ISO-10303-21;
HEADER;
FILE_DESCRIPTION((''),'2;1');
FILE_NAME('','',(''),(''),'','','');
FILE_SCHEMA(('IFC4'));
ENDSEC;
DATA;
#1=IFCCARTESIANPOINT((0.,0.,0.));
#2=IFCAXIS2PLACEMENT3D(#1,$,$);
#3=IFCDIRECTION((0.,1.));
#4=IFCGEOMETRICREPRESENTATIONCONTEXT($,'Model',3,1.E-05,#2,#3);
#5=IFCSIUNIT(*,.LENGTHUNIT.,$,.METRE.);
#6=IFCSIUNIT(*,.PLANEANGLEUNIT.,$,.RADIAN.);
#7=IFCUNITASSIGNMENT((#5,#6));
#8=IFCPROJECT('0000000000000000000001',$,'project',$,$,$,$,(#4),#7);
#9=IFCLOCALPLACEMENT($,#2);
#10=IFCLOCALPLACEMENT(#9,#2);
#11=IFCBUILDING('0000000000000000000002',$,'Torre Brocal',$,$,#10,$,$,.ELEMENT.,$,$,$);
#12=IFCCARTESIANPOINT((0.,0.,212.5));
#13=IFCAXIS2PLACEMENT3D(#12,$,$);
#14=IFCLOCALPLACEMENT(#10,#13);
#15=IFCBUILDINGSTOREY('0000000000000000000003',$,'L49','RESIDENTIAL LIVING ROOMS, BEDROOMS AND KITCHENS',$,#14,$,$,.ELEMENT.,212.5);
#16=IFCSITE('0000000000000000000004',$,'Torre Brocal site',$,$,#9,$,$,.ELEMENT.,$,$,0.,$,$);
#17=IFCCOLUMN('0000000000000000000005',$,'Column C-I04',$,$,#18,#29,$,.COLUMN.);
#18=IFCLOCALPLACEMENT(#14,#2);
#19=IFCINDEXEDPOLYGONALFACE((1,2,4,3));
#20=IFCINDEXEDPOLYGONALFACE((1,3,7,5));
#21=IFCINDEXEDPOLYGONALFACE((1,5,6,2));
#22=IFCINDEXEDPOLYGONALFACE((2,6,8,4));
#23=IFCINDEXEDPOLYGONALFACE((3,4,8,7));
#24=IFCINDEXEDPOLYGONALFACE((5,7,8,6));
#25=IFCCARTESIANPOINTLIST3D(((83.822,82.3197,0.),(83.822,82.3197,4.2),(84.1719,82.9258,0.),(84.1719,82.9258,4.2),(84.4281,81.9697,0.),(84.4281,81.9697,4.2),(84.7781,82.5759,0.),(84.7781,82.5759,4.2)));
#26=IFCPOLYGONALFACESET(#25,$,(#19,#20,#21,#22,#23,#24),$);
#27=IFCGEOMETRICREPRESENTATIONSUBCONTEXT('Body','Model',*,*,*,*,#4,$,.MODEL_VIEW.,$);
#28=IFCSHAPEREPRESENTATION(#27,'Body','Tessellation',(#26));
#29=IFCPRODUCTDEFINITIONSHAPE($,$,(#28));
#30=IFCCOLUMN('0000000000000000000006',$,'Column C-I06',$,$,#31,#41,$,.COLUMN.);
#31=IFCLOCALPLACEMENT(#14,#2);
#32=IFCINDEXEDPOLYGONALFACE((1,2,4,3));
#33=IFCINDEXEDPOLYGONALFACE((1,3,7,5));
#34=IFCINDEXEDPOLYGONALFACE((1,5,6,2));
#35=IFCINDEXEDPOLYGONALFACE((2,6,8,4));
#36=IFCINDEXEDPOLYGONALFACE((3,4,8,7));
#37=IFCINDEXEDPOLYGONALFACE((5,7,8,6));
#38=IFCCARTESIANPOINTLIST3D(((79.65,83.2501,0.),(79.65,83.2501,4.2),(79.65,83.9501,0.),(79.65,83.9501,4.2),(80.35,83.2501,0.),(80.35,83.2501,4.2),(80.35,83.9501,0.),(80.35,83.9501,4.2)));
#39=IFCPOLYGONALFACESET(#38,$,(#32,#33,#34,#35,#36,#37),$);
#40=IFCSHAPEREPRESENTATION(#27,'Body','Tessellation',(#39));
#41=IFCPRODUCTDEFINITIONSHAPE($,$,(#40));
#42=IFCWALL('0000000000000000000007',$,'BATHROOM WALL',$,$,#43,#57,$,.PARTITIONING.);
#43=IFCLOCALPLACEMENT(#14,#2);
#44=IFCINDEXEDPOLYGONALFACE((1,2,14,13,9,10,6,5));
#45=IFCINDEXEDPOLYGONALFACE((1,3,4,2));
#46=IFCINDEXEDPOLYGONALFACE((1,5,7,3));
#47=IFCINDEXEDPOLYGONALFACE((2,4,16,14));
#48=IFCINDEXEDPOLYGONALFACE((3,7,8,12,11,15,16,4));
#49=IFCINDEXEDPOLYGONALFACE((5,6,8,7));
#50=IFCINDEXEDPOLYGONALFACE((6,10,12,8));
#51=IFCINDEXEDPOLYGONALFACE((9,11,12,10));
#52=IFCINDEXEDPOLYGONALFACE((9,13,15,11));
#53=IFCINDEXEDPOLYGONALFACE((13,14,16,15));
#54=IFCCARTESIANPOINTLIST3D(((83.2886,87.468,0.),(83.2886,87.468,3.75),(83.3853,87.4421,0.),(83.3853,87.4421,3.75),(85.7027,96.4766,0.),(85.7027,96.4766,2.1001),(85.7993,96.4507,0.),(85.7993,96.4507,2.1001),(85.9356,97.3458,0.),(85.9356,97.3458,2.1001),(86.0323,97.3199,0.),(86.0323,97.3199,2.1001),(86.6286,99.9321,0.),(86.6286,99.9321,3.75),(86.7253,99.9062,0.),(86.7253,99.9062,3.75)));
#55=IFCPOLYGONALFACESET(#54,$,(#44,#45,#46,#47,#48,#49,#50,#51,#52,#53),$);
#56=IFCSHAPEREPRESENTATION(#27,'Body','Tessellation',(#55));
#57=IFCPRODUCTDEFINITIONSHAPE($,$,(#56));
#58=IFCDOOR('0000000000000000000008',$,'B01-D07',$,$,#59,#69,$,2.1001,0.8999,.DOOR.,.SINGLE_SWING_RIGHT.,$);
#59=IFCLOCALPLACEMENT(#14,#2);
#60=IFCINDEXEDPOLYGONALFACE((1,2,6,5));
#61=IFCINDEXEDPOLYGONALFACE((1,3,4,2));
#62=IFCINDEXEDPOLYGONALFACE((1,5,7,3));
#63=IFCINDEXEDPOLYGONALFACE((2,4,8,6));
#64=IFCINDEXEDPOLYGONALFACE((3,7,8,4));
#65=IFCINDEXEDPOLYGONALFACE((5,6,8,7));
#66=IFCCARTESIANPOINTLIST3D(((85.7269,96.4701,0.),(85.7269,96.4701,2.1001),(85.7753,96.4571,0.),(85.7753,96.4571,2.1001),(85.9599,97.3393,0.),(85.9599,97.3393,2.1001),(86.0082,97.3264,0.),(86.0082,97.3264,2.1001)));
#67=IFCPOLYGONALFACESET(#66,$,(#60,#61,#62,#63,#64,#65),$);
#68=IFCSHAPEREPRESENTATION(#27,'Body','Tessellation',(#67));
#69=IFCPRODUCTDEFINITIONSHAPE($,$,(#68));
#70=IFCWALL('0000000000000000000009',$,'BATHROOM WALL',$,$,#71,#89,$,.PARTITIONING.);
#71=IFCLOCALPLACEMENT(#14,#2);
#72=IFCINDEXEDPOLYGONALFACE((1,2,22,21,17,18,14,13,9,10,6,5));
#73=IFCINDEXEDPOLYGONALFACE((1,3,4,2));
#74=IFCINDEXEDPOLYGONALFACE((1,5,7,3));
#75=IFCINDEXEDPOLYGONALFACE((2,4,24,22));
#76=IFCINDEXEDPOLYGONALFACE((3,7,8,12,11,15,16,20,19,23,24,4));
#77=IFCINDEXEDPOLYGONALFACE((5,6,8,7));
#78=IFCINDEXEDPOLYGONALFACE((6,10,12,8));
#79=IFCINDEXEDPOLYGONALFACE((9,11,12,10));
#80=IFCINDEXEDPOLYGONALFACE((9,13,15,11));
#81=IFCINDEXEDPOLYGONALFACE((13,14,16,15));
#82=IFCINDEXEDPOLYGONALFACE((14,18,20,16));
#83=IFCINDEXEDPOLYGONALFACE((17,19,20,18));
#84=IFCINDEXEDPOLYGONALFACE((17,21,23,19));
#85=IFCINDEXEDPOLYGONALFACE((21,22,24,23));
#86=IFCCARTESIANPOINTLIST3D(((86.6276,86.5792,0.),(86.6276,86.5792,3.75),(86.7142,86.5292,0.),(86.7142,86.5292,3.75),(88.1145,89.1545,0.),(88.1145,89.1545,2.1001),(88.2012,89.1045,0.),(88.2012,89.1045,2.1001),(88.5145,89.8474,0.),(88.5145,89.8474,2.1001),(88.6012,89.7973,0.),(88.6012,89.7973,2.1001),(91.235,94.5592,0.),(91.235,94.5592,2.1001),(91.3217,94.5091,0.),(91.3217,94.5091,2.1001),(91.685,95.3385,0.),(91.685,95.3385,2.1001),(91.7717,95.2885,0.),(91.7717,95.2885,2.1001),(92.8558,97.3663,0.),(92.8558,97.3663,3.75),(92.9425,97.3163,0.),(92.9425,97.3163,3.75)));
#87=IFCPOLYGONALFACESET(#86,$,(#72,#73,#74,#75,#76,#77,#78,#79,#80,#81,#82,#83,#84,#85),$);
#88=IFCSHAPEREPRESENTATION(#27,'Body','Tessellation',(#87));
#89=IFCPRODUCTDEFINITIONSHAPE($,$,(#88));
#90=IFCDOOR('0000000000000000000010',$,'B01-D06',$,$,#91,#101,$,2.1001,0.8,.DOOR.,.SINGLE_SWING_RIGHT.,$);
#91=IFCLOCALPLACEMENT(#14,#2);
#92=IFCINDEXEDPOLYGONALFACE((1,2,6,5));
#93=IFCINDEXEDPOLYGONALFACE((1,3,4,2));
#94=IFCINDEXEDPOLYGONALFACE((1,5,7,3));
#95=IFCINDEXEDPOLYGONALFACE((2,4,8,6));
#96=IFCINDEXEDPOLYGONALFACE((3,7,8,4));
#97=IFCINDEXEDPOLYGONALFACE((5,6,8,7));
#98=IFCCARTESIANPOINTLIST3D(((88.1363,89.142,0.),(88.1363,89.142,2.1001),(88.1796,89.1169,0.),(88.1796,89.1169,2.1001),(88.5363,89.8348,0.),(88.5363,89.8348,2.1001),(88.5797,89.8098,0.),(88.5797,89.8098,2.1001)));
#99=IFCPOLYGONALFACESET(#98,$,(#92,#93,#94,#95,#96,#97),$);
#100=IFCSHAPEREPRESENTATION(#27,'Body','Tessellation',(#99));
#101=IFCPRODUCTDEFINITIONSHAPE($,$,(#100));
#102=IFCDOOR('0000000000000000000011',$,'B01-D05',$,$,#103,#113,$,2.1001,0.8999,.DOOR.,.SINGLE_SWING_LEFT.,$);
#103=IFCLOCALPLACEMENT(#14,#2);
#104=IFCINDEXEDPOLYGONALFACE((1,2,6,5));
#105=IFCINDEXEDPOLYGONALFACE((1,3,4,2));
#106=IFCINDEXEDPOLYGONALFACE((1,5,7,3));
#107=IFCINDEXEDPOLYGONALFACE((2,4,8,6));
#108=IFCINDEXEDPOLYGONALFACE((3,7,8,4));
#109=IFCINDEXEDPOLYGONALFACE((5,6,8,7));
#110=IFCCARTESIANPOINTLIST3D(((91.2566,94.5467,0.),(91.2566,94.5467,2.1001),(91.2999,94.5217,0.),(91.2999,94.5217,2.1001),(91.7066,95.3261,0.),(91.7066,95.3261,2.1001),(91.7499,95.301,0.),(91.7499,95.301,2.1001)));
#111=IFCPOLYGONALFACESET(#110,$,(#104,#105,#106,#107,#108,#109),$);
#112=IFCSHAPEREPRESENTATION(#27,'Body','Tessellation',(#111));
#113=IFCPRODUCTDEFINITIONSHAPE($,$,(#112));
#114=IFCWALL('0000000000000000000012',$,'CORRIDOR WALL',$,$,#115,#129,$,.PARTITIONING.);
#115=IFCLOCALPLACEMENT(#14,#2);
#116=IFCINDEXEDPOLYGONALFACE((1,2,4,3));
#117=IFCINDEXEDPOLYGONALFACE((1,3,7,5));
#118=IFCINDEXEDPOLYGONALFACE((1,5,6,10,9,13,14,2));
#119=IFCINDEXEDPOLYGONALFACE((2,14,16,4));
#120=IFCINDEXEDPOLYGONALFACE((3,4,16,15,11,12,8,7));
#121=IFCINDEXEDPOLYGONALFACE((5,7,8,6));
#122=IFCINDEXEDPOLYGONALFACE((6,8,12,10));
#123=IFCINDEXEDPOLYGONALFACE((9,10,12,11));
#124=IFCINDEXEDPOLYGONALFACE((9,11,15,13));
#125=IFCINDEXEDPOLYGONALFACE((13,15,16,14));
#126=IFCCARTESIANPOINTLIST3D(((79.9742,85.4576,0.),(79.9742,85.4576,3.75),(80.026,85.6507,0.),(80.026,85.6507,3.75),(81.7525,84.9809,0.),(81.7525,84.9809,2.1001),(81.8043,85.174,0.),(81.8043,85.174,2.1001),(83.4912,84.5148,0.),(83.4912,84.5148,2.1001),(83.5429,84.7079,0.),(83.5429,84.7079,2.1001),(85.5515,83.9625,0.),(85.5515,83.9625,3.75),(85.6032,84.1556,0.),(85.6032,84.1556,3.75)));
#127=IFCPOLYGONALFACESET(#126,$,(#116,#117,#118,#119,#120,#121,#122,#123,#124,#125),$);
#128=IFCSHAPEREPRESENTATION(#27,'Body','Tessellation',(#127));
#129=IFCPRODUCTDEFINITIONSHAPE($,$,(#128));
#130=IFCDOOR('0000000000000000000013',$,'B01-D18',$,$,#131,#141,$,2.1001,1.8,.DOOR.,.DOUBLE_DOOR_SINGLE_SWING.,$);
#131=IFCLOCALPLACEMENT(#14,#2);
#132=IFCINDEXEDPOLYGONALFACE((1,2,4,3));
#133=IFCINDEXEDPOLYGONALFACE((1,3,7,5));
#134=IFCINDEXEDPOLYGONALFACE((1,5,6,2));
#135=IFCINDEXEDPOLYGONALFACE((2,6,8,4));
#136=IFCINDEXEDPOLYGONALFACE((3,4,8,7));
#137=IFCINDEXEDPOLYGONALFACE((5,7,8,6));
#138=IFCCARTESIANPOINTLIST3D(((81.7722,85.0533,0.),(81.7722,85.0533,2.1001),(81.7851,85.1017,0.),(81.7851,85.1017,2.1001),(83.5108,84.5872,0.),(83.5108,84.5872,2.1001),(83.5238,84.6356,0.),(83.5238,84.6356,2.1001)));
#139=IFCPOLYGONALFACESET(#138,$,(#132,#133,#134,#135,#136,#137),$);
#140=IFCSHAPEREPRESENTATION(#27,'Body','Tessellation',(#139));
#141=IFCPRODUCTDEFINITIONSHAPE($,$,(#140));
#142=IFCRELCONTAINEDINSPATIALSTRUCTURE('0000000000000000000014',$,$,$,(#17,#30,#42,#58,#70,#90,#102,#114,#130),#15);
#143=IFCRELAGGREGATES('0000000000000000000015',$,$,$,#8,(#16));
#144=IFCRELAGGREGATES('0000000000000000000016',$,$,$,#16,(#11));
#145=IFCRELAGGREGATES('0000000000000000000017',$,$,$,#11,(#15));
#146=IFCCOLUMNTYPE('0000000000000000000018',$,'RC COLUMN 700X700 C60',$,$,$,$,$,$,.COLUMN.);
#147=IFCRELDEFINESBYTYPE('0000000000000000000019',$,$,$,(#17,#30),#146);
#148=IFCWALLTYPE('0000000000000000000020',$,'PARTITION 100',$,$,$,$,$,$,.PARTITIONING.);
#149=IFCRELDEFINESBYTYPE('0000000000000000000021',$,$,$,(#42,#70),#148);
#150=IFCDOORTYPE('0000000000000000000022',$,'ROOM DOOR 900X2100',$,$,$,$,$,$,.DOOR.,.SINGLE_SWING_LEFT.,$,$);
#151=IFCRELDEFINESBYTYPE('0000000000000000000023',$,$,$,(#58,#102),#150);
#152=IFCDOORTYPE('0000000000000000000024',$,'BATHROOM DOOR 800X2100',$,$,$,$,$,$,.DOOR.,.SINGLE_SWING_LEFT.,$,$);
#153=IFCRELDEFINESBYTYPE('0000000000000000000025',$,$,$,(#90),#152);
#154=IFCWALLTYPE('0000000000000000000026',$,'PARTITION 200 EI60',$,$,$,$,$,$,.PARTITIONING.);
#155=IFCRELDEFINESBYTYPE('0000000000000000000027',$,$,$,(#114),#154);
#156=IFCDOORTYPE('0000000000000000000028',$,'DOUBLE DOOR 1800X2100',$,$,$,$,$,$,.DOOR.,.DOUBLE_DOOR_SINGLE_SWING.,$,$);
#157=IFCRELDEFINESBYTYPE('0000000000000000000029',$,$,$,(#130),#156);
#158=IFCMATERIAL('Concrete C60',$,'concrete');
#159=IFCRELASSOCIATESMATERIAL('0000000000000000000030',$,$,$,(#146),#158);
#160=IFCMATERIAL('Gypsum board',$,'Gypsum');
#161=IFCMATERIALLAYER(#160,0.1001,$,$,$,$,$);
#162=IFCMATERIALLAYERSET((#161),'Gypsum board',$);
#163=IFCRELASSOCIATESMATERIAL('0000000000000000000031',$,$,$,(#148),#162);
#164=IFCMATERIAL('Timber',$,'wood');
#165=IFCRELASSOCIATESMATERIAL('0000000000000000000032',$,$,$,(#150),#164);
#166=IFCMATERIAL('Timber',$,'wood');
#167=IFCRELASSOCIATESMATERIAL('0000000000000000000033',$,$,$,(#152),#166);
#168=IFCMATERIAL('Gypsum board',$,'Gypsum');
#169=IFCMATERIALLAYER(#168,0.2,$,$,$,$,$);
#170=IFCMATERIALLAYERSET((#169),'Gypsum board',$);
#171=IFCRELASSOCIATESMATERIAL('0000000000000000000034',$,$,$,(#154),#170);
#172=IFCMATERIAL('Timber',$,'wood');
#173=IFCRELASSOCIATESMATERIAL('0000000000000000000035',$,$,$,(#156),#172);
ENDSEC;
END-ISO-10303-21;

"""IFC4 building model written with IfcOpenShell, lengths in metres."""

from ifc_helpers import new_model, si_unit, direction, frame, frame_2d, origin, origin_2d, place, context, subcontext, project, spatial, rectangle, extrude, material, layer, layer_set, material_profile, profile_set, type_object, element, fill, save


model = new_model("IFC4")

# Units and contexts
model_context = context("Model", 3, precision=1e-05, world=origin(), true_north=direction((0.0, 1.0)))
body_context = subcontext(model_context, "Body", "Model", "MODEL_VIEW")
ifc_project = project(units=[si_unit("LENGTHUNIT", "METRE"), si_unit("PLANEANGLEUNIT", "RADIAN")], contexts=[model_context])

# Site, building, storey
site_placement = place(None, origin())
site = spatial("IfcSite", under=ifc_project, at=site_placement, Name="Torre Brocal site", CompositionType="ELEMENT", RefElevation=0.0)
building_placement = place(site_placement, origin())
building = spatial("IfcBuilding", under=site, at=building_placement, Name="Torre Brocal", CompositionType="ELEMENT")
storey_placement = place(building_placement, frame((0.0, 0.0, 212.5)))
storey = spatial("IfcBuildingStorey", under=building, at=storey_placement, Name="L49", Description="RESIDENTIAL LIVING ROOMS, BEDROOMS AND KITCHENS", CompositionType="ELEMENT", Elevation=212.5)

# Columns
ifc_material_1 = material(Name="Concrete C60", Category="concrete")
ifc_material_profile = material_profile(ifc_material_1, rectangle(XDim=0.7, YDim=0.7, at=origin_2d()), Name="RC 700X700")
ifc_profile_set = profile_set([ifc_material_profile], Name="Concrete C60")
column_type = type_object("IfcColumnType", Name="RC COLUMN 700X700 C60", PredefinedType="COLUMN", material=ifc_profile_set)
for number, where, z_axis, x_axis, name in (
    (1, (84.3, 82.4478, 0.0), (0.0, 0.0, 1.0), (0.5, 0.866025, 0.0), "Column C-I04"),
    (2, (80.0, 83.6001, 0.0), (0.0, 0.0, 1.0), (0.0, 1.0, 0.0), "Column C-I06"),
):
    element("IfcColumn", number, at=place(storey_placement, frame(where, z_axis=z_axis, x_axis=x_axis)), inside=storey, type_object=column_type, Name=name, PredefinedType="COLUMN", context=body_context, shape_type="SweptSolid", body=[
        extrude(rectangle(XDim=0.7, YDim=0.7, at=origin_2d()), origin(), (0.0, 0.0, 1.0), 4.2),
    ])

# Wall, opening, door
ifc_material_2 = material(Name="Gypsum board", Category="Gypsum")
ifc_layer_1 = layer(ifc_material_2, 0.1001)
ifc_layer_set_1 = layer_set([ifc_layer_1], Name="Gypsum board")
wall_type_1 = type_object("IfcWallType", Name="PARTITION 100", PredefinedType="PARTITIONING", material=ifc_layer_set_1)
wall_1_placement = place(storey_placement, frame((83.3369, 87.4551, 0.0), z_axis=(0.0, 0.0, 1.0), x_axis=(0.258844, 0.965919, 0.0)))
wall_1 = element("IfcWall", 3, at=wall_1_placement, inside=storey, type_object=wall_type_1, Name="BATHROOM WALL", PredefinedType="PARTITIONING", context=body_context, shape_type="SweptSolid", body=[
    extrude(rectangle(XDim=12.9038, YDim=0.1001, at=frame_2d((6.4519, 0.0))), origin(), (0.0, 0.0, 1.0), 3.75),
])
opening_1_placement = place(wall_1_placement, frame((9.3264, 0.0, 0.0)))
opening_1 = element("IfcOpeningElement", 4, at=opening_1_placement, cuts=wall_1, PredefinedType="OPENING", context=body_context, shape_type="SweptSolid", body=[
    extrude(rectangle(XDim=0.8999, YDim=2.1001, at=frame_2d((0.45, 1.05))), frame((0.0, 0.0601, 0.0), z_axis=(0.0, -1.0, 0.0), x_axis=(1.0, 0.0, 0.0)), (0.0, 0.0, 1.0), 0.1201),
])
ifc_material_3 = material(Name="Timber", Category="wood")
door_type_1 = type_object("IfcDoorType", Name="ROOM DOOR 900X2100", OperationType="SINGLE_SWING_LEFT", PredefinedType="DOOR", material=ifc_material_3)
door_1_placement = place(opening_1_placement, origin())
door_1 = element("IfcDoor", 5, at=door_1_placement, inside=storey, type_object=door_type_1, Name="B01-D07", OperationType="SINGLE_SWING_RIGHT", OverallHeight=2.1001, OverallWidth=0.8999, PredefinedType="DOOR", context=body_context, shape_type="SweptSolid", body=[
    extrude(rectangle(XDim=0.8999, YDim=2.1001, at=frame_2d((0.45, 1.05))), frame((0.0, 0.0249, 0.0), z_axis=(0.0, -1.0, 0.0), x_axis=(1.0, 0.0, 0.0)), (0.0, 0.0, 1.0), 0.05),
])
fill(opening_1, door_1)

# Wall, openings, doors
wall_2_placement = place(storey_placement, frame((86.6709, 86.5542, 0.0), z_axis=(0.0, 0.0, 1.0), x_axis=(0.50002, 0.866014, 0.0)))
wall_2 = element("IfcWall", 6, at=wall_2_placement, inside=storey, type_object=wall_type_1, Name="BATHROOM WALL", PredefinedType="PARTITIONING", context=body_context, shape_type="SweptSolid", body=[
    extrude(rectangle(XDim=12.4561, YDim=0.1001, at=frame_2d((6.228, 0.0))), origin(), (0.0, 0.0, 1.0), 3.75),
])
opening_2_placement = place(wall_2_placement, frame((9.2146, 0.0, 0.0)))
opening_2 = element("IfcOpeningElement", 7, at=opening_2_placement, cuts=wall_2, PredefinedType="OPENING", context=body_context, shape_type="SweptSolid", body=[
    extrude(rectangle(XDim=0.8999, YDim=2.1001, at=frame_2d((0.45, 1.05))), frame((0.0, 0.0601, 0.0), z_axis=(0.0, -1.0, 0.0), x_axis=(1.0, 0.0, 0.0)), (0.0, 0.0, 1.0), 0.1201),
])
opening_3_placement = place(wall_2_placement, frame((2.9739, 0.0, 0.0)))
opening_3 = element("IfcOpeningElement", 8, at=opening_3_placement, cuts=wall_2, PredefinedType="OPENING", context=body_context, shape_type="SweptSolid", body=[
    extrude(rectangle(XDim=0.8, YDim=2.1001, at=frame_2d((0.3999, 1.05))), frame((0.0, 0.0601, 0.0), z_axis=(0.0, -1.0, 0.0), x_axis=(1.0, 0.0, 0.0)), (0.0, 0.0, 1.0), 0.1201),
])
ifc_material_4 = material(Name="Timber", Category="wood")
door_type_2 = type_object("IfcDoorType", Name="BATHROOM DOOR 800X2100", OperationType="SINGLE_SWING_LEFT", PredefinedType="DOOR", material=ifc_material_4)
door_2_placement = place(opening_3_placement, origin())
door_2 = element("IfcDoor", 9, at=door_2_placement, inside=storey, type_object=door_type_2, Name="B01-D06", OperationType="SINGLE_SWING_RIGHT", OverallHeight=2.1001, OverallWidth=0.8, PredefinedType="DOOR", context=body_context, shape_type="SweptSolid", body=[
    extrude(rectangle(XDim=0.8, YDim=2.1001, at=frame_2d((0.3999, 1.05))), frame((0.0, 0.0249, 0.0), z_axis=(0.0, -1.0, 0.0), x_axis=(1.0, 0.0, 0.0)), (0.0, 0.0, 1.0), 0.05),
])
fill(opening_3, door_2)
door_3_placement = place(opening_2_placement, frame((0.8999, 0.0, 0.0), z_axis=(0.0, 0.0, 1.0), x_axis=(-1.0, 0.0, 0.0)))
door_3 = element("IfcDoor", 10, at=door_3_placement, inside=storey, type_object=door_type_1, Name="B01-D05", OperationType="SINGLE_SWING_LEFT", OverallHeight=2.1001, OverallWidth=0.8999, PredefinedType="DOOR", context=body_context, shape_type="SweptSolid", body=[
    extrude(rectangle(XDim=0.8999, YDim=2.1001, at=frame_2d((0.45, 1.05))), frame((0.0, 0.0249, 0.0), z_axis=(0.0, -1.0, 0.0), x_axis=(1.0, 0.0, 0.0)), (0.0, 0.0, 1.0), 0.05),
])
fill(opening_2, door_3)

# Wall, opening, door
ifc_material_5 = material(Name="Gypsum board", Category="Gypsum")
ifc_layer_2 = layer(ifc_material_5, 0.2)
ifc_layer_set_2 = layer_set([ifc_layer_2], Name="Gypsum board")
wall_type_2 = type_object("IfcWallType", Name="PARTITION 200 EI60", PredefinedType="PARTITIONING", material=ifc_layer_set_2)
wall_3_placement = place(storey_placement, frame((80.0, 85.5542, 0.0), z_axis=(0.0, 0.0, 1.0), x_axis=(0.965894, -0.258936, 0.0)))
wall_3 = element("IfcWall", 11, at=wall_3_placement, inside=storey, type_object=wall_type_2, Name="CORRIDOR WALL", PredefinedType="PARTITIONING", context=body_context, shape_type="SweptSolid", body=[
    extrude(rectangle(XDim=5.7742, YDim=0.2, at=frame_2d((2.8872, 0.0))), origin(), (0.0, 0.0, 1.0), 3.75),
])
opening_4_placement = place(wall_3_placement, frame((1.8413, 0.0, 0.0)))
opening_4 = element("IfcOpeningElement", 12, at=opening_4_placement, cuts=wall_3, PredefinedType="OPENING", context=body_context, shape_type="SweptSolid", body=[
    extrude(rectangle(XDim=1.8, YDim=2.1001, at=frame_2d((0.8999, 1.05))), frame((0.0, 0.1099, 0.0), z_axis=(0.0, -1.0, 0.0), x_axis=(1.0, 0.0, 0.0)), (0.0, 0.0, 1.0), 0.22),
])
ifc_material_6 = material(Name="Timber", Category="wood")
door_type_3 = type_object("IfcDoorType", Name="DOUBLE DOOR 1800X2100", OperationType="DOUBLE_DOOR_SINGLE_SWING", PredefinedType="DOOR", material=ifc_material_6)
door_4_placement = place(opening_4_placement, frame((1.8, 0.0, 0.0), z_axis=(0.0, 0.0, 1.0), x_axis=(-1.0, 0.0, 0.0)))
door_4 = element("IfcDoor", 13, at=door_4_placement, inside=storey, type_object=door_type_3, Name="B01-D18", OperationType="DOUBLE_DOOR_SINGLE_SWING", OverallHeight=2.1001, OverallWidth=1.8, PredefinedType="DOOR", context=body_context, shape_type="SweptSolid", body=[
    extrude(rectangle(XDim=1.8, YDim=2.1001, at=frame_2d((0.8999, 1.05))), frame((0.0, 0.0249, 0.0), z_axis=(0.0, -1.0, 0.0), x_axis=(1.0, 0.0, 0.0)), (0.0, 0.0, 1.0), 0.05),
])
fill(opening_4, door_4)

save(model, "model.ifc")
